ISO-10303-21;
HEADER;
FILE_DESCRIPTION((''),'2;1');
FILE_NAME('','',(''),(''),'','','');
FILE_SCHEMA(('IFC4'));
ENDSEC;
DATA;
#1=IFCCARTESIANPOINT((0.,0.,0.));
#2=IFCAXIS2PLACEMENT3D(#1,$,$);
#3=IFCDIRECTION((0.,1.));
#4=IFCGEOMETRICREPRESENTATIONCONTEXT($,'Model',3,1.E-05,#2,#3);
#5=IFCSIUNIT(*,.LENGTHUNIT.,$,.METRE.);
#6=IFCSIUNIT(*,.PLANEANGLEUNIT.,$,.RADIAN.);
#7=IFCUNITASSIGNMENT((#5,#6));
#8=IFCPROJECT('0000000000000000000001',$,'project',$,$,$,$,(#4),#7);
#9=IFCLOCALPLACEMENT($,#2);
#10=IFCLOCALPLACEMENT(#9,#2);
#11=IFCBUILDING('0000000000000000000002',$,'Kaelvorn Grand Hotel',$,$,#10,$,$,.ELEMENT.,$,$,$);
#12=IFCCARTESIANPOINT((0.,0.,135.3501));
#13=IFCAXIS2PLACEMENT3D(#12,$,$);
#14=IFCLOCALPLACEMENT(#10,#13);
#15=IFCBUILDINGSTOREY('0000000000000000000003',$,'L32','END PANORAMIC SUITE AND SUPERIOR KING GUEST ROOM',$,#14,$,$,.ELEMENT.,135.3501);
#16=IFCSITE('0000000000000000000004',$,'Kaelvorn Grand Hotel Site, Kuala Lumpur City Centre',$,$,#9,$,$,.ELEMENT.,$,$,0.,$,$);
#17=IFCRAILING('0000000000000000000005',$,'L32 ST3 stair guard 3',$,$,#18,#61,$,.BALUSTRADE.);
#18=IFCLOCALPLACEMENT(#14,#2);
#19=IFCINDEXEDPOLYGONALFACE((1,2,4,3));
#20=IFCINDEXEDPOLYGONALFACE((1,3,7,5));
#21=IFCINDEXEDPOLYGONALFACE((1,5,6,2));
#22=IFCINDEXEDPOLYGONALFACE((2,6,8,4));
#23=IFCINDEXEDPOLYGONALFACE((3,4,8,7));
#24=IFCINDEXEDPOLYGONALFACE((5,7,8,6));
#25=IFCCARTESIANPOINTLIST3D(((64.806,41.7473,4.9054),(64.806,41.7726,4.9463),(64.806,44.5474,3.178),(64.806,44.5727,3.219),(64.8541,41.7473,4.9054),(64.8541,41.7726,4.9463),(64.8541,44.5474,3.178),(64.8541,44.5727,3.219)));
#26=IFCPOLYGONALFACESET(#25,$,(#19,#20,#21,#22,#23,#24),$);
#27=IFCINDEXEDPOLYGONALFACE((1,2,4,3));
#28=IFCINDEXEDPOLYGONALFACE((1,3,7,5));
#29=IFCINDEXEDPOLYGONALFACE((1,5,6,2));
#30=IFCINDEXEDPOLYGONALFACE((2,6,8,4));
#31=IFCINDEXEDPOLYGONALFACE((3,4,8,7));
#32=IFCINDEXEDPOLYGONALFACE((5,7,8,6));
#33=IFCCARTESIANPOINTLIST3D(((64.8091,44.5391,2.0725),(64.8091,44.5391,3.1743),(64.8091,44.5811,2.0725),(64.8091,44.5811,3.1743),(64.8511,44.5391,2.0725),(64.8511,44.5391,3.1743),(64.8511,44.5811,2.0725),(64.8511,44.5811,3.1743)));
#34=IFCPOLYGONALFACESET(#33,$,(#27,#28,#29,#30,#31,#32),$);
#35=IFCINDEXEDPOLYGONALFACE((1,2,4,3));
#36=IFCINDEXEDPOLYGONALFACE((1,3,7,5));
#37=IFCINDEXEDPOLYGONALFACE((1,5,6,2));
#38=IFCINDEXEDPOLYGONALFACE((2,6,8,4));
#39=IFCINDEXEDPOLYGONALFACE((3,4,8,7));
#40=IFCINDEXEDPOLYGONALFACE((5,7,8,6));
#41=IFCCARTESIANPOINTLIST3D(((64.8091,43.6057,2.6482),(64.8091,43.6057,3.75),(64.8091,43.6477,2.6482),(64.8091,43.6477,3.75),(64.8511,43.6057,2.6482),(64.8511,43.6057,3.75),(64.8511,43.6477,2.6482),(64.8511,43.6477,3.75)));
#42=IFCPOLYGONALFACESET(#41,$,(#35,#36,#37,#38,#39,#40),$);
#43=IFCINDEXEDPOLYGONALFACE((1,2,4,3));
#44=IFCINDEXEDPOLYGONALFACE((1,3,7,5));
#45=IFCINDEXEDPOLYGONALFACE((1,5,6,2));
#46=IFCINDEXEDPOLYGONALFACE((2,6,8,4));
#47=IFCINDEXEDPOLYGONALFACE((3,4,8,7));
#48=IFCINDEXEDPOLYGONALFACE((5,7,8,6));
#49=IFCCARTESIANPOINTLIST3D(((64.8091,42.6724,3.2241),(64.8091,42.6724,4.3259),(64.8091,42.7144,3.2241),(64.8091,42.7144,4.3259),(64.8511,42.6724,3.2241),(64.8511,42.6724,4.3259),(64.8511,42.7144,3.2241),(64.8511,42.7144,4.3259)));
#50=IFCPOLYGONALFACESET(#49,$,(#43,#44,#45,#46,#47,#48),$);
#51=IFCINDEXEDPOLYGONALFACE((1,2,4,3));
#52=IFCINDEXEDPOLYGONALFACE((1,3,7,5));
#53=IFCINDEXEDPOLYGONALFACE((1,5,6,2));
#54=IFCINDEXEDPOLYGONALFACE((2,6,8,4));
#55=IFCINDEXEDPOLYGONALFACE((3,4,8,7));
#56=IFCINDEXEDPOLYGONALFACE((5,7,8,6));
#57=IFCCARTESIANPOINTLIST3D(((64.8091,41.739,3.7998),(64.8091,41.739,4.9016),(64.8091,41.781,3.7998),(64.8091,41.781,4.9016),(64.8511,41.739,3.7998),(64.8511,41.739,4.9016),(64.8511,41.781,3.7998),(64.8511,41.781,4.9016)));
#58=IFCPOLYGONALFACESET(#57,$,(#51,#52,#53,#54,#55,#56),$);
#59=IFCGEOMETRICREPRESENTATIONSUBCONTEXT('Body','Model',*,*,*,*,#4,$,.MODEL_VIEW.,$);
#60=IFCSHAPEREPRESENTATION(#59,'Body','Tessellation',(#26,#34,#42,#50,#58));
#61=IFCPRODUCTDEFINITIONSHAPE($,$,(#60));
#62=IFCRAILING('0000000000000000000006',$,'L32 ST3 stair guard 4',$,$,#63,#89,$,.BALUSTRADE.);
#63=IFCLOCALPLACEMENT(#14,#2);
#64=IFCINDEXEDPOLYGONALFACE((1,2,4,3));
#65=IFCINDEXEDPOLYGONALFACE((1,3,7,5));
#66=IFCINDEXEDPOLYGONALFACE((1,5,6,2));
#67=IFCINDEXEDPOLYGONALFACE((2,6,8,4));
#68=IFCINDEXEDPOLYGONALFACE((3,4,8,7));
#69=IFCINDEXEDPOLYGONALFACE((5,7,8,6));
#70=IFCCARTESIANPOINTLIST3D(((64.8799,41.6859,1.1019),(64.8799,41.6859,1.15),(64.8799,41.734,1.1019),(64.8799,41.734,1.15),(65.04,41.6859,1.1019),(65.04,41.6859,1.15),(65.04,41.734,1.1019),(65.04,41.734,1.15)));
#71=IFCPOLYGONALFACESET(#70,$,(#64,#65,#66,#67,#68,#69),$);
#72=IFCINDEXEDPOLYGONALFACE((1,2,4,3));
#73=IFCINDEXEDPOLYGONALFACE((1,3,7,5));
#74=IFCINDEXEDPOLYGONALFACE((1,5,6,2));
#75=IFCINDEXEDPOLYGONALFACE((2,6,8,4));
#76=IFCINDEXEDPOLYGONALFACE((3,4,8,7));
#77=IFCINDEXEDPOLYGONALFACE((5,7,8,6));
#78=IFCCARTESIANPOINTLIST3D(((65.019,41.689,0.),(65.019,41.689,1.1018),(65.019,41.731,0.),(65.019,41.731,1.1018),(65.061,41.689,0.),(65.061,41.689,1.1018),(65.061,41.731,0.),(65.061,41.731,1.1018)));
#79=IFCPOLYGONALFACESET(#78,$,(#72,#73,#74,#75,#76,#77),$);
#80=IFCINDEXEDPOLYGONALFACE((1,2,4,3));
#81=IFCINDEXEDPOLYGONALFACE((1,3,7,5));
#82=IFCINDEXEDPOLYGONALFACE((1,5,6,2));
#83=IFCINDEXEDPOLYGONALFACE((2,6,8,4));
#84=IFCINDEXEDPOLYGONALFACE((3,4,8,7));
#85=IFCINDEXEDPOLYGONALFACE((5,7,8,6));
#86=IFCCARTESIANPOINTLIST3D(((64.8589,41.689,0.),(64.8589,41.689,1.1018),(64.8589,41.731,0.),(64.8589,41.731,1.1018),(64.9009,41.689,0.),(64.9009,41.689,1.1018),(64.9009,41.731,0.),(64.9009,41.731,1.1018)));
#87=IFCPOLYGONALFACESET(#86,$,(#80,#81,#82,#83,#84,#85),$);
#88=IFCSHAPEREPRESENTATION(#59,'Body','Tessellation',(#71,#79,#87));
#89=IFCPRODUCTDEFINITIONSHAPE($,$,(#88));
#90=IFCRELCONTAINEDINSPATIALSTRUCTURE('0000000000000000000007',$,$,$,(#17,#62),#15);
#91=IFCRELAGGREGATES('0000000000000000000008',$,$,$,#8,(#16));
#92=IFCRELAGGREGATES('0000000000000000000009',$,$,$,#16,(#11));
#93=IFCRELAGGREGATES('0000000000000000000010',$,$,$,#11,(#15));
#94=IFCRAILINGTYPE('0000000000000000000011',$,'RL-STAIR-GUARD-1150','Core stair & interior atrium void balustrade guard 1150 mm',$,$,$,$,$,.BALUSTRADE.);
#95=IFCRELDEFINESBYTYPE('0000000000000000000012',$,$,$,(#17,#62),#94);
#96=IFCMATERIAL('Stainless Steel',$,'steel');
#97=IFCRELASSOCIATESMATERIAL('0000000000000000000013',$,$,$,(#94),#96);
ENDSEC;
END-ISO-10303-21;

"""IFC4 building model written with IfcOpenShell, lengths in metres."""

from ifc_helpers import new_model, si_unit, direction, frame, origin, origin_2d, place, context, subcontext, project, spatial, rectangle, extrude, material, type_object, element, save


model = new_model("IFC4")

# Units and contexts
model_context = context("Model", 3, precision=1e-05, world=origin(), true_north=direction((0.0, 1.0)))
body_context = subcontext(model_context, "Body", "Model", "MODEL_VIEW")
ifc_project = project(units=[si_unit("LENGTHUNIT", "METRE"), si_unit("PLANEANGLEUNIT", "RADIAN")], contexts=[model_context])

# Site, building, storey
site_placement = place(None, origin())
site = spatial("IfcSite", under=ifc_project, at=site_placement, Name="Kaelvorn Grand Hotel Site, Kuala Lumpur City Centre", CompositionType="ELEMENT", RefElevation=0.0)
building_placement = place(site_placement, origin())
building = spatial("IfcBuilding", under=site, at=building_placement, Name="Kaelvorn Grand Hotel", CompositionType="ELEMENT")
storey_placement = place(building_placement, frame((0.0, 0.0, 135.3501)))
storey = spatial("IfcBuildingStorey", under=building, at=storey_placement, Name="L32", Description="END PANORAMIC SUITE AND SUPERIOR KING GUEST ROOM", CompositionType="ELEMENT", Elevation=135.3501)

# Shared definitions
ifc_material_1 = material(Name="Stainless Steel", Category="steel")

# Railings
railing_type_1 = type_object("IfcRailingType", Name="RL-STAIR-GUARD-1150", Description="Core stair & interior atrium void balustrade guard 1150 mm", PredefinedType="BALUSTRADE", material=ifc_material_1)
railing_1_placement = place(storey_placement, frame((64.8301, 44.5601, 2.0725)))
element("IfcRailing", 1, at=railing_1_placement, inside=storey, type_object=railing_type_1, Name="L32 ST3 stair guard 3", PredefinedType="BALUSTRADE", context=body_context, shape_type="SweptSolid", body=[
    extrude(rectangle(XDim=0.0481, YDim=0.0481, at=origin_2d()), frame((0.0, 0.0, 1.126), z_axis=(0.0, -0.85109, 0.52502), x_axis=(1.0, 0.0, 0.0)), (0.0, 0.0, 1.0), 3.29),
    extrude(rectangle(XDim=0.042, YDim=0.042, at=origin_2d()), origin(), (0.0, 0.0, 1.0), 1.1018),
    extrude(rectangle(XDim=0.042, YDim=0.042, at=origin_2d()), frame((0.0, -0.9333, 0.5757)), (0.0, 0.0, 1.0), 1.1018),
    extrude(rectangle(XDim=0.042, YDim=0.042, at=origin_2d()), frame((0.0, -1.8667, 1.1516)), (0.0, 0.0, 1.0), 1.1018),
    extrude(rectangle(XDim=0.042, YDim=0.042, at=origin_2d()), frame((0.0, -2.8, 1.7273)), (0.0, 0.0, 1.0), 1.1018),
])
railing_2_placement = place(storey_placement, frame((65.04, 41.71, 0.0)))
element("IfcRailing", 2, at=railing_2_placement, inside=storey, type_object=railing_type_1, Name="L32 ST3 stair guard 4", PredefinedType="BALUSTRADE", context=body_context, shape_type="SweptSolid", body=[
    extrude(rectangle(XDim=0.0481, YDim=0.0481, at=origin_2d()), frame((0.0, 0.0, 1.126), z_axis=(-1.0, 0.0, 0.0), x_axis=(0.0, -1.0, 0.0)), (0.0, 0.0, 1.0), 0.1602),
    extrude(rectangle(XDim=0.042, YDim=0.042, at=origin_2d()), origin(), (0.0, 0.0, 1.0), 1.1018),
    extrude(rectangle(XDim=0.042, YDim=0.042, at=origin_2d()), frame((-0.1602, 0.0, 0.0)), (0.0, 0.0, 1.0), 1.1018),
])

save(model, "model.ifc")
